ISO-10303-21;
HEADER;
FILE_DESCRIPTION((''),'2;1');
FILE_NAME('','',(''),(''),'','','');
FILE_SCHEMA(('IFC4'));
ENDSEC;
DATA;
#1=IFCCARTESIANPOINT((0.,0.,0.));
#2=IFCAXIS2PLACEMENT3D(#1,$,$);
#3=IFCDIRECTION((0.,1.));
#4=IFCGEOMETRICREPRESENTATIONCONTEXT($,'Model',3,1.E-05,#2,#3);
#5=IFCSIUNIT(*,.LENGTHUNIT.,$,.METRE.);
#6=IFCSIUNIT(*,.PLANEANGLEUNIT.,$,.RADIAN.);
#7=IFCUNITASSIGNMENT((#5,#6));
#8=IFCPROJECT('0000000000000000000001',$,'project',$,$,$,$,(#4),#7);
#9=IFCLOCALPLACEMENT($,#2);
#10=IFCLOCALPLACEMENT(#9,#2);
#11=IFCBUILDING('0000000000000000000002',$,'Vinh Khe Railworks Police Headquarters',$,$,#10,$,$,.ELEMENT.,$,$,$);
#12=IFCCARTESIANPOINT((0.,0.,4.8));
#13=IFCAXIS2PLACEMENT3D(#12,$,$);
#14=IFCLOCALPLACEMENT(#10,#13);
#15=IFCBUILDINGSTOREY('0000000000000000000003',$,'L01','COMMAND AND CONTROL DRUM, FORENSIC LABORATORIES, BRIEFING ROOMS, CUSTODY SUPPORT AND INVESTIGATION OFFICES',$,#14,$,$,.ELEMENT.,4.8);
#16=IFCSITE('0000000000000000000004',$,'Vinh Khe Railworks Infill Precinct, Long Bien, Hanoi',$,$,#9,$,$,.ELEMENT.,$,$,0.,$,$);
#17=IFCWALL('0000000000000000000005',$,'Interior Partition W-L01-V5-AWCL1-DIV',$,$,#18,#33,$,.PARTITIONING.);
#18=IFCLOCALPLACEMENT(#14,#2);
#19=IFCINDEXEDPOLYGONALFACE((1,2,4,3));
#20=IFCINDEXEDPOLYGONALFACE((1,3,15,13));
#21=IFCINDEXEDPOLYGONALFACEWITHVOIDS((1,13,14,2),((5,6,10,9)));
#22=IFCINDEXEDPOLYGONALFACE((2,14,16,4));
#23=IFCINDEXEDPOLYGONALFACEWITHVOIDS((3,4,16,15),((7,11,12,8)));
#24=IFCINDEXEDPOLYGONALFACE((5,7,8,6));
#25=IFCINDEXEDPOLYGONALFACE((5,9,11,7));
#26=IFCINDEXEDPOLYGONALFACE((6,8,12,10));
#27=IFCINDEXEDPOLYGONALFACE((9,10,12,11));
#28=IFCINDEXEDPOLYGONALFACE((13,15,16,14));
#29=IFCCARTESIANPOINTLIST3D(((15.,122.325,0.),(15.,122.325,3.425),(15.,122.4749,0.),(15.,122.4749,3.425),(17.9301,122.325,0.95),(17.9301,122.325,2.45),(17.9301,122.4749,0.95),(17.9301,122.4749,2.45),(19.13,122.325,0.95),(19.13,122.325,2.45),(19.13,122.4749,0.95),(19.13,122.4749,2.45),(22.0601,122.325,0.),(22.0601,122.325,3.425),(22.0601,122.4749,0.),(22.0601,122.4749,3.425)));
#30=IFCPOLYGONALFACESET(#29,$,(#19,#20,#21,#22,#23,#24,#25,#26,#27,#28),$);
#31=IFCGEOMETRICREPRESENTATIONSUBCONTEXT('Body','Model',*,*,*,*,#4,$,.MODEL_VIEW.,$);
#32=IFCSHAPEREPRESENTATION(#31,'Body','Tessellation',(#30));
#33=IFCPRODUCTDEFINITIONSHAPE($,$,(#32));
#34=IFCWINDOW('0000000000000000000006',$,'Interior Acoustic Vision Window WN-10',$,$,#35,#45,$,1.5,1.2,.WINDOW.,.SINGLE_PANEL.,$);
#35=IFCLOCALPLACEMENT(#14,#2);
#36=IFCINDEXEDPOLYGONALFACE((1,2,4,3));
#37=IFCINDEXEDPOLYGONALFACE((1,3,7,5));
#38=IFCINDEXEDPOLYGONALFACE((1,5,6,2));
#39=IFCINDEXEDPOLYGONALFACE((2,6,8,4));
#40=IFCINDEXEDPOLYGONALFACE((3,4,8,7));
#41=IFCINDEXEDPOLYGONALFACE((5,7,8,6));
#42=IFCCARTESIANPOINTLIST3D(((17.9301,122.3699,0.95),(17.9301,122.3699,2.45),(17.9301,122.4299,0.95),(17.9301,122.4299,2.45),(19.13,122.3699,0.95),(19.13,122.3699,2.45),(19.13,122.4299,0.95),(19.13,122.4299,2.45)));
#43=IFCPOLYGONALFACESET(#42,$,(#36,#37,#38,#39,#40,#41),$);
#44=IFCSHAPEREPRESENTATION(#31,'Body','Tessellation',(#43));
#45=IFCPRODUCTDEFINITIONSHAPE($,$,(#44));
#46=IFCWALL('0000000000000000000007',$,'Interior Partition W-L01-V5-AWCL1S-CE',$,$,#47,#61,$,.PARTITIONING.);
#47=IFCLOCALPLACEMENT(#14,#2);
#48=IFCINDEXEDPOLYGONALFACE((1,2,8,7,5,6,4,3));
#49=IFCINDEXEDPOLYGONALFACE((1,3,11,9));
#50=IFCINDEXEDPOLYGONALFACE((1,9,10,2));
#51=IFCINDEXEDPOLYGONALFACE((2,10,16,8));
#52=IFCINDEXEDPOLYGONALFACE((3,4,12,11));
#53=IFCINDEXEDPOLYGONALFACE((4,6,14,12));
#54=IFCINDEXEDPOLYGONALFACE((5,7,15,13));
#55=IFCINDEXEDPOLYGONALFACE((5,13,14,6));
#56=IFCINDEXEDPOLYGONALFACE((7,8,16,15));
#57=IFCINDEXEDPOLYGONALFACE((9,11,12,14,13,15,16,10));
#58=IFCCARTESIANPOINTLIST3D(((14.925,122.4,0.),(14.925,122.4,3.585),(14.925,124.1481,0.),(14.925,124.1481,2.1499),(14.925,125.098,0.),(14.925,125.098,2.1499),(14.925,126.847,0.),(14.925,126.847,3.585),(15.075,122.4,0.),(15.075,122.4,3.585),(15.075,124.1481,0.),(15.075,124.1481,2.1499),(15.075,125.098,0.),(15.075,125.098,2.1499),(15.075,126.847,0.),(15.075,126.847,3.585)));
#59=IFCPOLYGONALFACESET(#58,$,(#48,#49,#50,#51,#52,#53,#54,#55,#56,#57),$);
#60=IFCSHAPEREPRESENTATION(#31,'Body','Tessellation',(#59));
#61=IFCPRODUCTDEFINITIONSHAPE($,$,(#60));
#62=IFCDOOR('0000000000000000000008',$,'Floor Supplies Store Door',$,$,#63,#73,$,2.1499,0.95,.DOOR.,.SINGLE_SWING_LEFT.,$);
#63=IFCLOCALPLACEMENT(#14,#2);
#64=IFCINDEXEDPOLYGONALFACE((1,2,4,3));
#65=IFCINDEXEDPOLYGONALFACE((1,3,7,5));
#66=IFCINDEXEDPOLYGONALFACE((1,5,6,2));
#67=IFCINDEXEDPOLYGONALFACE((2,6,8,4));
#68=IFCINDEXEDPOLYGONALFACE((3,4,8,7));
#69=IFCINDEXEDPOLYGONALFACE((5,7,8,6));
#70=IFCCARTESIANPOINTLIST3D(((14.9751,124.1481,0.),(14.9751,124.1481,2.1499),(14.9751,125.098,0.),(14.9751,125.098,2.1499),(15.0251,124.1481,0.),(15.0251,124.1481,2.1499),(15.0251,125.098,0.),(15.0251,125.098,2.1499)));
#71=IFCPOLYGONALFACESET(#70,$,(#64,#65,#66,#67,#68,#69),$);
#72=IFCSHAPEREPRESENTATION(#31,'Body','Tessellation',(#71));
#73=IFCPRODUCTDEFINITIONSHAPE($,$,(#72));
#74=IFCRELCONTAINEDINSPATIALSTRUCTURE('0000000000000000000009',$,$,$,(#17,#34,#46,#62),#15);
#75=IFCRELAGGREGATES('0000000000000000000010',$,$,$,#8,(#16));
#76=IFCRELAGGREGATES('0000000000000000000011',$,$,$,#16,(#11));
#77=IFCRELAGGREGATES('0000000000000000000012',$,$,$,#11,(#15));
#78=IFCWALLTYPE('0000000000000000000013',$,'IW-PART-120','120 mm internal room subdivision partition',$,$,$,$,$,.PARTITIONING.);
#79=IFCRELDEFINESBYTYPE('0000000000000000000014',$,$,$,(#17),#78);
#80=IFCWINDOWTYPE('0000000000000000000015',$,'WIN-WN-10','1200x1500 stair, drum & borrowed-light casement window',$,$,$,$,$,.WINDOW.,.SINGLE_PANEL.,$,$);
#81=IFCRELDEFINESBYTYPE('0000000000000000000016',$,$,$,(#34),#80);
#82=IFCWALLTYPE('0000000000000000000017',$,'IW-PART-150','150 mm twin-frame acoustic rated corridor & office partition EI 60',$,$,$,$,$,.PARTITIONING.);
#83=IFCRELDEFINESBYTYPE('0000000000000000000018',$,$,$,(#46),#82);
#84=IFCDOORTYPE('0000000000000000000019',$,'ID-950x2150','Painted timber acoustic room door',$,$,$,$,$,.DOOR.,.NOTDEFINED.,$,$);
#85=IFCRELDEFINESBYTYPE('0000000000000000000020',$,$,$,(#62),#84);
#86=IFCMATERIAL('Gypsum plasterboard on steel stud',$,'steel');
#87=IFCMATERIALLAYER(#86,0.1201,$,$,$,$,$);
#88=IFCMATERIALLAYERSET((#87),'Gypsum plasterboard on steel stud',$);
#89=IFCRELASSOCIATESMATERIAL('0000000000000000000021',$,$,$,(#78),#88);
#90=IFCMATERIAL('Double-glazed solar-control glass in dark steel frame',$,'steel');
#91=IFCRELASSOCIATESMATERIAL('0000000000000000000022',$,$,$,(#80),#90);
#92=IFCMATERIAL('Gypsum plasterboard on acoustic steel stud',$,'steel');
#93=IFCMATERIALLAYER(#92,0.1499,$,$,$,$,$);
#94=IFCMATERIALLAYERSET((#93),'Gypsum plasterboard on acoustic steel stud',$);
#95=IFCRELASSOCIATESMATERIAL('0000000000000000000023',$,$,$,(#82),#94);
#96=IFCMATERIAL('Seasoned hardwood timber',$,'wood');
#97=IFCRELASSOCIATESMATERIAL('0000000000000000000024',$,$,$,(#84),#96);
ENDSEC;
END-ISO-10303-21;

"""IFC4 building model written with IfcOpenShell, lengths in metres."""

from ifc_helpers import new_model, si_unit, direction, frame, frame_2d, origin, place, context, subcontext, project, spatial, rectangle, extrude, material, layer, layer_set, type_object, element, fill, save


model = new_model("IFC4")

# Units and contexts
model_context = context("Model", 3, precision=1e-05, world=origin(), true_north=direction((0.0, 1.0)))
body_context = subcontext(model_context, "Body", "Model", "MODEL_VIEW")
ifc_project = project(units=[si_unit("LENGTHUNIT", "METRE"), si_unit("PLANEANGLEUNIT", "RADIAN")], contexts=[model_context])

# Site, building, storey
site_placement = place(None, origin())
site = spatial("IfcSite", under=ifc_project, at=site_placement, Name="Vinh Khe Railworks Infill Precinct, Long Bien, Hanoi", CompositionType="ELEMENT", RefElevation=0.0)
building_placement = place(site_placement, origin())
building = spatial("IfcBuilding", under=site, at=building_placement, Name="Vinh Khe Railworks Police Headquarters", CompositionType="ELEMENT")
storey_placement = place(building_placement, frame((0.0, 0.0, 4.8)))
storey = spatial("IfcBuildingStorey", under=building, at=storey_placement, Name="L01", Description="COMMAND AND CONTROL DRUM, FORENSIC LABORATORIES, BRIEFING ROOMS, CUSTODY SUPPORT AND INVESTIGATION OFFICES", CompositionType="ELEMENT", Elevation=4.8)

# Shared definitions
ifc_material_1 = material(Name="Double-glazed solar-control glass in dark steel frame", Category="steel")

# Wall, opening, window
ifc_material_2 = material(Name="Gypsum plasterboard on steel stud", Category="steel")
ifc_layer_1 = layer(ifc_material_2, 0.1201)
ifc_layer_set_1 = layer_set([ifc_layer_1], Name="Gypsum plasterboard on steel stud")
wall_type_1 = type_object("IfcWallType", Name="IW-PART-120", Description="120 mm internal room subdivision partition", PredefinedType="PARTITIONING", material=ifc_layer_set_1)
wall_1_placement = place(storey_placement, frame((15.0, 122.3999, 0.0), z_axis=(0.0, 0.0, 1.0), x_axis=(1.0, 0.0, 0.0)))
wall_1 = element("IfcWall", 1, at=wall_1_placement, inside=storey, type_object=wall_type_1, Name="Interior Partition W-L01-V5-AWCL1-DIV", PredefinedType="PARTITIONING", context=body_context, shape_type="SweptSolid", body=[
    extrude(rectangle(XDim=7.0601, YDim=0.1499, at=frame_2d((3.53, 0.0))), origin(), (0.0, 0.0, 1.0), 3.425),
])
opening_1_placement = place(wall_1_placement, frame((2.9299, 0.0, 0.95)))
opening_1 = element("IfcOpeningElement", 2, at=opening_1_placement, cuts=wall_1, PredefinedType="OPENING", context=body_context, shape_type="SweptSolid", body=[
    extrude(rectangle(XDim=1.2, YDim=1.5, at=frame_2d((0.6001, 0.75))), frame((0.0, 0.0898, 0.0), z_axis=(0.0, -1.0, 0.0), x_axis=(1.0, 0.0, 0.0)), (0.0, 0.0, 1.0), 0.1797),
])
window_type_1 = type_object("IfcWindowType", Name="WIN-WN-10", Description="1200x1500 stair, drum & borrowed-light casement window", PartitioningType="SINGLE_PANEL", PredefinedType="WINDOW", material=ifc_material_1)
window_1_placement = place(opening_1_placement, origin())
window_1 = element("IfcWindow", 3, at=window_1_placement, inside=storey, type_object=window_type_1, Name="Interior Acoustic Vision Window WN-10", OverallHeight=1.5, OverallWidth=1.2, PartitioningType="SINGLE_PANEL", PredefinedType="WINDOW", context=body_context, shape_type="SweptSolid", body=[
    extrude(rectangle(XDim=1.2, YDim=1.5, at=frame_2d((0.6001, 0.75))), frame((0.0, 0.03, 0.0), z_axis=(0.0, -1.0, 0.0), x_axis=(1.0, 0.0, 0.0)), (0.0, 0.0, 1.0), 0.0601),
])
fill(opening_1, window_1)

# Wall, opening, door
ifc_material_3 = material(Name="Gypsum plasterboard on acoustic steel stud", Category="steel")
ifc_layer_2 = layer(ifc_material_3, 0.1499)
ifc_layer_set_2 = layer_set([ifc_layer_2], Name="Gypsum plasterboard on acoustic steel stud")
wall_type_2 = type_object("IfcWallType", Name="IW-PART-150", Description="150 mm twin-frame acoustic rated corridor & office partition EI 60", PredefinedType="PARTITIONING", material=ifc_layer_set_2)
wall_2_placement = place(storey_placement, frame((15.0, 122.3999, 0.0), z_axis=(0.0, 0.0, 1.0), x_axis=(0.0, 1.0, 0.0)))
wall_2 = element("IfcWall", 4, at=wall_2_placement, inside=storey, type_object=wall_type_2, Name="Interior Partition W-L01-V5-AWCL1S-CE", PredefinedType="PARTITIONING", context=body_context, shape_type="SweptSolid", body=[
    extrude(rectangle(XDim=4.447, YDim=0.1499, at=frame_2d((2.2236, 0.0))), origin(), (0.0, 0.0, 1.0), 3.585),
])
opening_2_placement = place(wall_2_placement, frame((1.748, 0.0, 0.0)))
opening_2 = element("IfcOpeningElement", 5, at=opening_2_placement, cuts=wall_2, PredefinedType="OPENING", context=body_context, shape_type="SweptSolid", body=[
    extrude(rectangle(XDim=0.95, YDim=2.1499, at=frame_2d((0.4751, 1.075))), frame((0.0, 0.0898, 0.0), z_axis=(0.0, -1.0, 0.0), x_axis=(1.0, 0.0, 0.0)), (0.0, 0.0, 1.0), 0.1797),
])
ifc_material_4 = material(Name="Seasoned hardwood timber", Category="wood")
door_type = type_object("IfcDoorType", Name="ID-950x2150", Description="Painted timber acoustic room door", OperationType="NOTDEFINED", PredefinedType="DOOR", material=ifc_material_4)
door_placement = place(opening_2_placement, origin())
door = element("IfcDoor", 6, at=door_placement, inside=storey, type_object=door_type, Name="Floor Supplies Store Door", OperationType="SINGLE_SWING_LEFT", OverallHeight=2.1499, OverallWidth=0.95, PredefinedType="DOOR", context=body_context, shape_type="SweptSolid", body=[
    extrude(rectangle(XDim=0.95, YDim=2.1499, at=frame_2d((0.4751, 1.075))), frame((0.0, 0.0249, 0.0), z_axis=(0.0, -1.0, 0.0), x_axis=(1.0, 0.0, 0.0)), (0.0, 0.0, 1.0), 0.05),
])
fill(opening_2, door)

save(model, "model.ifc")
